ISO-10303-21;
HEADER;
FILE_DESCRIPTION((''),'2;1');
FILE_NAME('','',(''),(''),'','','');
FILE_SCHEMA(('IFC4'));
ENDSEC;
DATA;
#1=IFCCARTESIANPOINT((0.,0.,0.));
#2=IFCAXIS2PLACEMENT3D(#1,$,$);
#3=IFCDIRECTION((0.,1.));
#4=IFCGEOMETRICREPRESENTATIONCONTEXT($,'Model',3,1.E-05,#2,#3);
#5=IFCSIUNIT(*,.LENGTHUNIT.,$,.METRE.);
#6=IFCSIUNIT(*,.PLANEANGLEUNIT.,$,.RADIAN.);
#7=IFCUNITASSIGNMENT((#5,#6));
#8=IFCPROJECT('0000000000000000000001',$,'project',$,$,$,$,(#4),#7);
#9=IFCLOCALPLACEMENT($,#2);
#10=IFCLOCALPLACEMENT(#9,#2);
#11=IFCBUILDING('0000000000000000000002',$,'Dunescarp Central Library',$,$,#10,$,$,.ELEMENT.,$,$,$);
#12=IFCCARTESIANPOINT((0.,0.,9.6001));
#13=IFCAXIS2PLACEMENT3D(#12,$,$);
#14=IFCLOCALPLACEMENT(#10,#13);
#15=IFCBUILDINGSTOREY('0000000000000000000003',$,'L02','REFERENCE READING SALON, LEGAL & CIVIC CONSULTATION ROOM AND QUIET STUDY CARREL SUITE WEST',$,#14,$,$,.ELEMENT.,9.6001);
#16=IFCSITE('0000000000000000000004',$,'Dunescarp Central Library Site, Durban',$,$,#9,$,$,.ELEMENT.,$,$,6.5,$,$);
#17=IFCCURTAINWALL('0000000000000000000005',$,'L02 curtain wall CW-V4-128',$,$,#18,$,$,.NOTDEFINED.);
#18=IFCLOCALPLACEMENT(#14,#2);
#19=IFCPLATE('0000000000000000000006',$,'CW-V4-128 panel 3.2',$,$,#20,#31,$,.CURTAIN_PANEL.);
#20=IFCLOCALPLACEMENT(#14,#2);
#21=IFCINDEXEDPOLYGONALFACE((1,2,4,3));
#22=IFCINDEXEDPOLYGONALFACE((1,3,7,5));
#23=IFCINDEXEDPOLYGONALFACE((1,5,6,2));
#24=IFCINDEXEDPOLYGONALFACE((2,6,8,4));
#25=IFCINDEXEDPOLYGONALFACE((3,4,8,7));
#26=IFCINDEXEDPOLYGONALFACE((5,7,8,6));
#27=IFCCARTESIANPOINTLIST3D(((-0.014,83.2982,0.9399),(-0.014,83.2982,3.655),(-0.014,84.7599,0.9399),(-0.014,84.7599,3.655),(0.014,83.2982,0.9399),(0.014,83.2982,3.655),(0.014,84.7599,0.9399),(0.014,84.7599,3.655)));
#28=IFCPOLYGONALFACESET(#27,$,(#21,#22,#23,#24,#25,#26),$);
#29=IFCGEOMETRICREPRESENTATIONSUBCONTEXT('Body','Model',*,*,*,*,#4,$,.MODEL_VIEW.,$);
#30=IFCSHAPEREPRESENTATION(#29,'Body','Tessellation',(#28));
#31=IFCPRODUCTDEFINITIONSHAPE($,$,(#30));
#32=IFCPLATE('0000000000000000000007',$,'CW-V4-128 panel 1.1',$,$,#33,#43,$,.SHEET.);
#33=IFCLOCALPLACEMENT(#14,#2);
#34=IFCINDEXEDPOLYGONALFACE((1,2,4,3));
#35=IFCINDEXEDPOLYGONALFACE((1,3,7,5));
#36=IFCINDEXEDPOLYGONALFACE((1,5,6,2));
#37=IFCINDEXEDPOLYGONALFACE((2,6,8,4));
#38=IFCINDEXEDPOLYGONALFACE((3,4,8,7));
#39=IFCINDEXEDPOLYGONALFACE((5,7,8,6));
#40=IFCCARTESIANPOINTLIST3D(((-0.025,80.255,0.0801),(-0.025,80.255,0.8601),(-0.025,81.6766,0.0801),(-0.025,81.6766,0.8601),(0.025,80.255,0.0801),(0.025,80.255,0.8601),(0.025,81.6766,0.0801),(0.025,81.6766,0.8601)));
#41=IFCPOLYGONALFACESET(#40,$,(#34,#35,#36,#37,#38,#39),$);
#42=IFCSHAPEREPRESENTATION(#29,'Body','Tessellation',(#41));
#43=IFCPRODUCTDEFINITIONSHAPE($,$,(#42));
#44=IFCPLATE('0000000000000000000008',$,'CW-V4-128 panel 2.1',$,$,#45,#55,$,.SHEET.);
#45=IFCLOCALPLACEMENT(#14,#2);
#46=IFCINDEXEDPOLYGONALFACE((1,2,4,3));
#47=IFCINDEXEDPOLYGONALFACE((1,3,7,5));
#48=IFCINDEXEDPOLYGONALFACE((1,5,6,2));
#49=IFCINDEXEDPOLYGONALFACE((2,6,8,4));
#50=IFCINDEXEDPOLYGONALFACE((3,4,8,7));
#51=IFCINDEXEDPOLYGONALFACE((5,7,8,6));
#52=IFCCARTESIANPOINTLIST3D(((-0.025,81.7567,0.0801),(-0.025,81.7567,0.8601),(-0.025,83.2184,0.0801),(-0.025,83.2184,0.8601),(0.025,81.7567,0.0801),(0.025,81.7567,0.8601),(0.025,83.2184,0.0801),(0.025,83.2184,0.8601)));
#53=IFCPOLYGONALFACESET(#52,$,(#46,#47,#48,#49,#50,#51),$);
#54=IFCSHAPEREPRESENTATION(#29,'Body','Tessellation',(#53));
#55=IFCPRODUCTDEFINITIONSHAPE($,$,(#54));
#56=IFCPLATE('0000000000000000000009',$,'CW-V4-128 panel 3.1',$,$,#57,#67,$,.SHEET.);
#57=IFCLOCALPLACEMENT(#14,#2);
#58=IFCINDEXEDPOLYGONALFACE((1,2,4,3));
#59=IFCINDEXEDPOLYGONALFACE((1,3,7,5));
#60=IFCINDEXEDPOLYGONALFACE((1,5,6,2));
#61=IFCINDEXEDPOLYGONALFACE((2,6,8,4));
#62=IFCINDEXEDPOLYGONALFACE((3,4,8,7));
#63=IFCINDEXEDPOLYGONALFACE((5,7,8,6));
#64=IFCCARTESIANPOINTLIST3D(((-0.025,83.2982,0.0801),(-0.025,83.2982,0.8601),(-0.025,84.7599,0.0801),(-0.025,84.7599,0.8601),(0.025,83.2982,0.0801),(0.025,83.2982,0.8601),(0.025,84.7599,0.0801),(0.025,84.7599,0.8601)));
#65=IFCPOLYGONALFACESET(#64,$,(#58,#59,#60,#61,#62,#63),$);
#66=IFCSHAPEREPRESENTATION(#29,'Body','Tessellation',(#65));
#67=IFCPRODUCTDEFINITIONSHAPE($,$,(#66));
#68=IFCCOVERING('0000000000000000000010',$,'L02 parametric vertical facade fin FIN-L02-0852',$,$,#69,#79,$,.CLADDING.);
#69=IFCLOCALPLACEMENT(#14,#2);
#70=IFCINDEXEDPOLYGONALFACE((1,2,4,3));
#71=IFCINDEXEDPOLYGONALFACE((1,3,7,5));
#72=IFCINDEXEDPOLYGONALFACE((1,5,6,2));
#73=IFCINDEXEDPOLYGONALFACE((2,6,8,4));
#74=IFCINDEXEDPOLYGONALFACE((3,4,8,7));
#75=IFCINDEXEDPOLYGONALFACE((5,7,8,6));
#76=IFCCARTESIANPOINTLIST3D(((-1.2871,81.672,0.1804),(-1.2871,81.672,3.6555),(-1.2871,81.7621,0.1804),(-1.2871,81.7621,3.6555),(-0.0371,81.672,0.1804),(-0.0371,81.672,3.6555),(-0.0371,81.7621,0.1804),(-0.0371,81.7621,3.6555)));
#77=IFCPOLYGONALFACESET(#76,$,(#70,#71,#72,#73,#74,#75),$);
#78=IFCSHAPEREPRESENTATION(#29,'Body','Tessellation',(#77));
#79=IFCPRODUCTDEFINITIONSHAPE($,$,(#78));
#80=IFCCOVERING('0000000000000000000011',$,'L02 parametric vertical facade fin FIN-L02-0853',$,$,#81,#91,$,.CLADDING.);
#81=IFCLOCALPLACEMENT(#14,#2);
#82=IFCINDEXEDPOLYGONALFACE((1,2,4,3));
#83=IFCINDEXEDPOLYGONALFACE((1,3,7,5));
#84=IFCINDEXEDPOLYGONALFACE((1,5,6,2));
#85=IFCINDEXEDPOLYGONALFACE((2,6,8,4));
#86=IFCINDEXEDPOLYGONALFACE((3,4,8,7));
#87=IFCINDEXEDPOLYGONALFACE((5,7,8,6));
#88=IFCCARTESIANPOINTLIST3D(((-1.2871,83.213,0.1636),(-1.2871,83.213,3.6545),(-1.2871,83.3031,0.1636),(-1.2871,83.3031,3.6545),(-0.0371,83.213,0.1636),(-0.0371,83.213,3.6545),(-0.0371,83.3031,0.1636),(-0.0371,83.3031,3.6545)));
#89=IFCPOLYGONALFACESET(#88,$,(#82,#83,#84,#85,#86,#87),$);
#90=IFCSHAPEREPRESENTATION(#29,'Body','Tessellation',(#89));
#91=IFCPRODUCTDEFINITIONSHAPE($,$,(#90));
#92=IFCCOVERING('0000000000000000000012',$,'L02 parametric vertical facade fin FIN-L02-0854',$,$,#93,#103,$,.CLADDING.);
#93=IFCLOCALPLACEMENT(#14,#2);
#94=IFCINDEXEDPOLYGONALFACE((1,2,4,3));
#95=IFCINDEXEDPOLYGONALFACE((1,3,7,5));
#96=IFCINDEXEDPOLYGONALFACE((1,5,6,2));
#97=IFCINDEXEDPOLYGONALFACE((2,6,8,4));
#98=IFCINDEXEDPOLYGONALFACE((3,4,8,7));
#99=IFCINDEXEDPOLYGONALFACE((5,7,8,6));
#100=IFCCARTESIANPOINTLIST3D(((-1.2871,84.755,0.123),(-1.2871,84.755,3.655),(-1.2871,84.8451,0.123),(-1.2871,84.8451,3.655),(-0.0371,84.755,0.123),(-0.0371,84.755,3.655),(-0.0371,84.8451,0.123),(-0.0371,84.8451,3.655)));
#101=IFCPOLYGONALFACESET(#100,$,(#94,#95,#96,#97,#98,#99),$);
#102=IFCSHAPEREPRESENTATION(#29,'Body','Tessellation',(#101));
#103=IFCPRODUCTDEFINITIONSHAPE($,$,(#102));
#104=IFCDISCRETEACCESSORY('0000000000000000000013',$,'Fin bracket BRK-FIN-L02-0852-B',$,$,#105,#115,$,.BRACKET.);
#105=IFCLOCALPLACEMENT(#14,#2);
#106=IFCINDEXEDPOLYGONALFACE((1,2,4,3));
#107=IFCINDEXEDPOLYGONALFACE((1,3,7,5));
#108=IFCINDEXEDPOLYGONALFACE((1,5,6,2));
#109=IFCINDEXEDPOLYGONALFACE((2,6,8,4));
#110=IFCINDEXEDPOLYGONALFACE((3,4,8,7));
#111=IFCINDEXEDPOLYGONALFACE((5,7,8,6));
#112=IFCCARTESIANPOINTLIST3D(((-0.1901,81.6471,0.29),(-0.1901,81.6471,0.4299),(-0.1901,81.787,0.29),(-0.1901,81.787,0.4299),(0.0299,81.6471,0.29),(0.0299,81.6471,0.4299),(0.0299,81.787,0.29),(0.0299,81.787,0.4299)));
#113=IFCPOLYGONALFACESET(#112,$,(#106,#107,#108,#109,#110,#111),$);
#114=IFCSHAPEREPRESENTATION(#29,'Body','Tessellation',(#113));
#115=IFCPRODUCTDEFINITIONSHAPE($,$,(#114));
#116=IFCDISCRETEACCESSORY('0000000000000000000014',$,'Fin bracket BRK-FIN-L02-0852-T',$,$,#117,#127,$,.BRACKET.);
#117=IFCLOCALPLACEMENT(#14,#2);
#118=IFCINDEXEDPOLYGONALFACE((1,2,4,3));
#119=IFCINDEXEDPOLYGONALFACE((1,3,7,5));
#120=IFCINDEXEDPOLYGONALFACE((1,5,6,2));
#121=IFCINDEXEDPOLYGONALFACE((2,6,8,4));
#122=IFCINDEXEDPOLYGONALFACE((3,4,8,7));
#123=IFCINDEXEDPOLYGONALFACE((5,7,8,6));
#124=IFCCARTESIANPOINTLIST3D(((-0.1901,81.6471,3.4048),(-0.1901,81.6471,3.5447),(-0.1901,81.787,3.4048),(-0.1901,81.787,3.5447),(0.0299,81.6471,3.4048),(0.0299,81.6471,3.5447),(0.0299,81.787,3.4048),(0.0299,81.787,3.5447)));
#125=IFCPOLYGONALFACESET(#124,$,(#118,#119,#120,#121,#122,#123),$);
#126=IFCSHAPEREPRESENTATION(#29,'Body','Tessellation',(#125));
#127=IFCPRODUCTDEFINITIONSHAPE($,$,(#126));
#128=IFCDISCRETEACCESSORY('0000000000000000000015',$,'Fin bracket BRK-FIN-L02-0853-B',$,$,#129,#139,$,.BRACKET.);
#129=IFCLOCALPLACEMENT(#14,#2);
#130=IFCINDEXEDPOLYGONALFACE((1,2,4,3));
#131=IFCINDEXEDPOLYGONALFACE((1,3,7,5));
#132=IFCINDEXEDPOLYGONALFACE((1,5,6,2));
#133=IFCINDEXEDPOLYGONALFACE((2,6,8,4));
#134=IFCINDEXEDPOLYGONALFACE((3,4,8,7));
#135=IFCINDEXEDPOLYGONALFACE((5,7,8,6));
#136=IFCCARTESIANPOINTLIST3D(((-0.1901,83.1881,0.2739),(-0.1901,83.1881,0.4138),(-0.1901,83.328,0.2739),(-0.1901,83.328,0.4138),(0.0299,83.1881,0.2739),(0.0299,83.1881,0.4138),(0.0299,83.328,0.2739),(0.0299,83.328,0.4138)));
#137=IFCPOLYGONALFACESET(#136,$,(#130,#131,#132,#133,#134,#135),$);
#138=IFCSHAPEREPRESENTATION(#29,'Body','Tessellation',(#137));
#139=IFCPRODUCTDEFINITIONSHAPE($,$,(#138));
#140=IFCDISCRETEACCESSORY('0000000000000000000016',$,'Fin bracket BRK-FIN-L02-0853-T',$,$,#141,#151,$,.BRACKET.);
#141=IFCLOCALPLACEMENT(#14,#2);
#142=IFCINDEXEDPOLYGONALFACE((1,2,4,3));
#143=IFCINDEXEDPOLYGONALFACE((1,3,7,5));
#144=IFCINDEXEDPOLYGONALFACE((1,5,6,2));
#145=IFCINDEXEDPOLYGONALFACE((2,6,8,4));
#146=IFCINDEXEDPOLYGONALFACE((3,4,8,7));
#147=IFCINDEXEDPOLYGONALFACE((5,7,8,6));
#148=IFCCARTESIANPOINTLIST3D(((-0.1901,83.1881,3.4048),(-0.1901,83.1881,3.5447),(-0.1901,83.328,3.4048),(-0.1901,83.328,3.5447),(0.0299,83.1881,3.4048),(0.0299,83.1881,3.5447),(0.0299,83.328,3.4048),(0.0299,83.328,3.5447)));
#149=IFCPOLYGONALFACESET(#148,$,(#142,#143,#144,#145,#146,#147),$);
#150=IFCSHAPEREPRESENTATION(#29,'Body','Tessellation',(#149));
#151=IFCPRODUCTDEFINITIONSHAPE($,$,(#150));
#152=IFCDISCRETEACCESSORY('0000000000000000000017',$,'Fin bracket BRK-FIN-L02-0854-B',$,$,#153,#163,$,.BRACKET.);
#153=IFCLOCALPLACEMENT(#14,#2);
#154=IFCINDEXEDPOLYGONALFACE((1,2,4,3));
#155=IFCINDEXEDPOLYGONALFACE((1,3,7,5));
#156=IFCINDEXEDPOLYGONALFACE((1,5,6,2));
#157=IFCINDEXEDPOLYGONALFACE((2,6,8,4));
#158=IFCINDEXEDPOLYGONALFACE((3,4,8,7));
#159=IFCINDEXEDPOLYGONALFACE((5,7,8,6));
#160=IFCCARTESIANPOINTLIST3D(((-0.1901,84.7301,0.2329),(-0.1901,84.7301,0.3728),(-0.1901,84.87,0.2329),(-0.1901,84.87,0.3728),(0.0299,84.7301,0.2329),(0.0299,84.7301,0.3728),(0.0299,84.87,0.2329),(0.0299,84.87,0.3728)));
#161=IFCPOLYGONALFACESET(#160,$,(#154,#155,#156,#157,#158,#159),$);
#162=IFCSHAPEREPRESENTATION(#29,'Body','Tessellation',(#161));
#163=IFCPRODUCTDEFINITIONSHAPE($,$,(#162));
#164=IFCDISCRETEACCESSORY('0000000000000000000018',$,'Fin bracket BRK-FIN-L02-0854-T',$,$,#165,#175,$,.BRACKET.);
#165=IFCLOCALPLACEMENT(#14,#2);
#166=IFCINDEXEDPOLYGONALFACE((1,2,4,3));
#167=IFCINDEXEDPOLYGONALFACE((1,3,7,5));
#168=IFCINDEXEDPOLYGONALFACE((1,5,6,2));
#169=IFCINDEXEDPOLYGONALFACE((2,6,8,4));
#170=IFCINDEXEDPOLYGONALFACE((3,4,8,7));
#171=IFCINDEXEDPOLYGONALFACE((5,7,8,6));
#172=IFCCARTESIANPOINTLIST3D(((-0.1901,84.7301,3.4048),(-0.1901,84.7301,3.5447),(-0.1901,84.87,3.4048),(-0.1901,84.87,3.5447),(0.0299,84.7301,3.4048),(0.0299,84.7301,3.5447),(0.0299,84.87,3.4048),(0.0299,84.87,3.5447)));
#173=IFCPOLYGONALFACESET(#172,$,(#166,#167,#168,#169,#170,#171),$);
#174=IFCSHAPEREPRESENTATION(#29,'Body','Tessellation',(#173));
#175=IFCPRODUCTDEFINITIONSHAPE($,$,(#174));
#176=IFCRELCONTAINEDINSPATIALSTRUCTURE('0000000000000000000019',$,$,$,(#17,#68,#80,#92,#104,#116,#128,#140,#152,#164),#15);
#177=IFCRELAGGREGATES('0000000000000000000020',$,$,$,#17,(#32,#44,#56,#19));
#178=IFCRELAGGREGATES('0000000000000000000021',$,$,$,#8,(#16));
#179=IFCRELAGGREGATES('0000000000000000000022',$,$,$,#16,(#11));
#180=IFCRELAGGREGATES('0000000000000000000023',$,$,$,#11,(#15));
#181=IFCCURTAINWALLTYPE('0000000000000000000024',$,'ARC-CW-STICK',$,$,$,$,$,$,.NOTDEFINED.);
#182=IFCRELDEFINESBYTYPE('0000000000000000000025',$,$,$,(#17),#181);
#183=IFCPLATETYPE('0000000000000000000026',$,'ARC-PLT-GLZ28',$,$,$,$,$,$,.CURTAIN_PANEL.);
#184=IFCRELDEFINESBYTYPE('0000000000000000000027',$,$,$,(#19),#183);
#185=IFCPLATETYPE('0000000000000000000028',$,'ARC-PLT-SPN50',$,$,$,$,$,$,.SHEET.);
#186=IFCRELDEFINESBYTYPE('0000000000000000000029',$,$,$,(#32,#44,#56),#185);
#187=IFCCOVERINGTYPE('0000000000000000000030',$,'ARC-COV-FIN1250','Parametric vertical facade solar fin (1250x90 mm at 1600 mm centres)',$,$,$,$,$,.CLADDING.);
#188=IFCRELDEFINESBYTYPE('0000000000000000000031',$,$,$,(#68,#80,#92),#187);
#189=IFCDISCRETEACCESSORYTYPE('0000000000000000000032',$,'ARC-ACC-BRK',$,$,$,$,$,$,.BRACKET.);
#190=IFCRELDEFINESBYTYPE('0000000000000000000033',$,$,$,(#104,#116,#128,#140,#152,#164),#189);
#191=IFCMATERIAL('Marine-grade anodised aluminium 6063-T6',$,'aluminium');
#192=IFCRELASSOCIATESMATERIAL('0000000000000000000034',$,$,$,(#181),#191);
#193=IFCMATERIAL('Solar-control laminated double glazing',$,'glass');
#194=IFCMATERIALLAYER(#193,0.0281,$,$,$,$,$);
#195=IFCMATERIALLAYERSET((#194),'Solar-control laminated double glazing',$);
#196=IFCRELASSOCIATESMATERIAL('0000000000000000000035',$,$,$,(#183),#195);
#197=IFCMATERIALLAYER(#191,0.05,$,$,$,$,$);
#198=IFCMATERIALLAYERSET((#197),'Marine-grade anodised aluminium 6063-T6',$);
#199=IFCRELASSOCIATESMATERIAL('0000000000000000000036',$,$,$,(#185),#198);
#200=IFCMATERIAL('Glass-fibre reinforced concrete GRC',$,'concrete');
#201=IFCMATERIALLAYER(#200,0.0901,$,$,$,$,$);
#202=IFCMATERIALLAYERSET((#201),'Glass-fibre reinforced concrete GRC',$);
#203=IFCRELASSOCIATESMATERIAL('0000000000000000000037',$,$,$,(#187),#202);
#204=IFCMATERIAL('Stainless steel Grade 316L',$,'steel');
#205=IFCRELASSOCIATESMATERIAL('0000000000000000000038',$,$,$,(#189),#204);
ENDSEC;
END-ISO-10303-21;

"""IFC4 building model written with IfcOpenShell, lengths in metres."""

from ifc_helpers import new_model, si_unit, direction, frame, origin, origin_2d, place, context, subcontext, project, spatial, rectangle, extrude, material, layer, layer_set, type_object, element, aggregate, save


model = new_model("IFC4")

# Units and contexts
model_context = context("Model", 3, precision=1e-05, world=origin(), true_north=direction((0.0, 1.0)))
body_context = subcontext(model_context, "Body", "Model", "MODEL_VIEW")
ifc_project = project(units=[si_unit("LENGTHUNIT", "METRE"), si_unit("PLANEANGLEUNIT", "RADIAN")], contexts=[model_context])

# Site, building, storey
site_placement = place(None, origin())
site = spatial("IfcSite", under=ifc_project, at=site_placement, Name="Dunescarp Central Library Site, Durban", CompositionType="ELEMENT", RefElevation=6.5)
building_placement = place(site_placement, origin())
building = spatial("IfcBuilding", under=site, at=building_placement, Name="Dunescarp Central Library", CompositionType="ELEMENT")
storey_placement = place(building_placement, frame((0.0, 0.0, 9.6001)))
storey = spatial("IfcBuildingStorey", under=building, at=storey_placement, Name="L02", Description="REFERENCE READING SALON, LEGAL & CIVIC CONSULTATION ROOM AND QUIET STUDY CARREL SUITE WEST", CompositionType="ELEMENT", Elevation=9.6001)

# Curtain wall, plates
ifc_material_1 = material(Name="Marine-grade anodised aluminium 6063-T6", Category="aluminium")
curtain_wall_type = type_object("IfcCurtainWallType", Name="ARC-CW-STICK", PredefinedType="NOTDEFINED", material=ifc_material_1)
curtain_wall_placement = place(storey_placement, origin())
curtain_wall = element("IfcCurtainWall", 1, at=curtain_wall_placement, inside=storey, type_object=curtain_wall_type, Name="L02 curtain wall CW-V4-128", PredefinedType="NOTDEFINED")
ifc_material_2 = material(Name="Solar-control laminated double glazing", Category="glass")
ifc_layer_1 = layer(ifc_material_2, 0.0281)
ifc_layer_set_1 = layer_set([ifc_layer_1], Name="Solar-control laminated double glazing")
plate_type_1 = type_object("IfcPlateType", Name="ARC-PLT-GLZ28", PredefinedType="CURTAIN_PANEL", material=ifc_layer_set_1)
plate_1_placement = place(storey_placement, frame((0.0, 84.0291, 0.9399), z_axis=(0.0, 0.0, 1.0), x_axis=(0.0, 1.0, 0.0)))
plate_1 = element("IfcPlate", 2, at=plate_1_placement, type_object=plate_type_1, Name="CW-V4-128 panel 3.2", PredefinedType="CURTAIN_PANEL", context=body_context, shape_type="SweptSolid", body=[
    extrude(rectangle(XDim=1.4617, YDim=0.0281, at=origin_2d()), origin(), (0.0, 0.0, 1.0), 2.7151),
])
ifc_layer_2 = layer(ifc_material_1, 0.05)
ifc_layer_set_2 = layer_set([ifc_layer_2], Name="Marine-grade anodised aluminium 6063-T6")
plate_type_2 = type_object("IfcPlateType", Name="ARC-PLT-SPN50", PredefinedType="SHEET", material=ifc_layer_set_2)
plate_2_placement = place(storey_placement, frame((0.0, 80.9658, 0.0801), z_axis=(0.0, 0.0, 1.0), x_axis=(0.0, 1.0, 0.0)))
plate_2 = element("IfcPlate", 3, at=plate_2_placement, type_object=plate_type_2, Name="CW-V4-128 panel 1.1", PredefinedType="SHEET", context=body_context, shape_type="SweptSolid", body=[
    extrude(rectangle(XDim=1.4216, YDim=0.05, at=origin_2d()), origin(), (0.0, 0.0, 1.0), 0.78),
])
plate_3_placement = place(storey_placement, frame((0.0, 82.4875, 0.0801), z_axis=(0.0, 0.0, 1.0), x_axis=(0.0, 1.0, 0.0)))
plate_3 = element("IfcPlate", 4, at=plate_3_placement, type_object=plate_type_2, Name="CW-V4-128 panel 2.1", PredefinedType="SHEET", context=body_context, shape_type="SweptSolid", body=[
    extrude(rectangle(XDim=1.4617, YDim=0.05, at=origin_2d()), origin(), (0.0, 0.0, 1.0), 0.78),
])
plate_4_placement = place(storey_placement, frame((0.0, 84.0291, 0.0801), z_axis=(0.0, 0.0, 1.0), x_axis=(0.0, 1.0, 0.0)))
plate_4 = element("IfcPlate", 5, at=plate_4_placement, type_object=plate_type_2, Name="CW-V4-128 panel 3.1", PredefinedType="SHEET", context=body_context, shape_type="SweptSolid", body=[
    extrude(rectangle(XDim=1.4617, YDim=0.05, at=origin_2d()), origin(), (0.0, 0.0, 1.0), 0.78),
])
aggregate(curtain_wall, [plate_2, plate_3, plate_4, plate_1])

# Coverings
ifc_material_3 = material(Name="Glass-fibre reinforced concrete GRC", Category="concrete")
ifc_layer_3 = layer(ifc_material_3, 0.0901)
ifc_layer_set_3 = layer_set([ifc_layer_3], Name="Glass-fibre reinforced concrete GRC")
covering_type = type_object("IfcCoveringType", Name="ARC-COV-FIN1250", Description="Parametric vertical facade solar fin (1250x90 mm at 1600 mm centres)", PredefinedType="CLADDING", material=ifc_layer_set_3)
covering_1_placement = place(storey_placement, frame((-0.6621, 81.717, 0.1804), z_axis=(0.0, 0.0, 1.0), x_axis=(-1.0, 0.0, 0.0)))
element("IfcCovering", 6, at=covering_1_placement, inside=storey, type_object=covering_type, Name="L02 parametric vertical facade fin FIN-L02-0852", PredefinedType="CLADDING", context=body_context, shape_type="SweptSolid", body=[
    extrude(rectangle(XDim=1.25, YDim=0.0901, at=origin_2d()), origin(), (0.0, 0.0, 1.0), 3.4751),
])
covering_2_placement = place(storey_placement, frame((-0.6621, 83.2581, 0.1636), z_axis=(0.0, 0.0, 1.0), x_axis=(-1.0, 0.0, 0.0)))
element("IfcCovering", 7, at=covering_2_placement, inside=storey, type_object=covering_type, Name="L02 parametric vertical facade fin FIN-L02-0853", PredefinedType="CLADDING", context=body_context, shape_type="SweptSolid", body=[
    extrude(rectangle(XDim=1.25, YDim=0.0901, at=origin_2d()), origin(), (0.0, 0.0, 1.0), 3.491),
])
covering_3_placement = place(storey_placement, frame((-0.6621, 84.8, 0.123), z_axis=(0.0, 0.0, 1.0), x_axis=(-1.0, 0.0, 0.0)))
element("IfcCovering", 8, at=covering_3_placement, inside=storey, type_object=covering_type, Name="L02 parametric vertical facade fin FIN-L02-0854", PredefinedType="CLADDING", context=body_context, shape_type="SweptSolid", body=[
    extrude(rectangle(XDim=1.25, YDim=0.0901, at=origin_2d()), origin(), (0.0, 0.0, 1.0), 3.532),
])

# Discrete accessories
ifc_material_4 = material(Name="Stainless steel Grade 316L", Category="steel")
discrete_accessory_type = type_object("IfcDiscreteAccessoryType", Name="ARC-ACC-BRK", PredefinedType="BRACKET", material=ifc_material_4)
for number, where, z_axis, x_axis, name in (
    (9, (-0.0801, 81.717, 0.29), (0.0, 0.0, 1.0), (-1.0, 0.0, 0.0), "Fin bracket BRK-FIN-L02-0852-B"),
    (10, (-0.0801, 81.717, 3.4048), (0.0, 0.0, 1.0), (-1.0, 0.0, 0.0), "Fin bracket BRK-FIN-L02-0852-T"),
    (11, (-0.0801, 83.2581, 0.2739), (0.0, 0.0, 1.0), (-1.0, 0.0, 0.0), "Fin bracket BRK-FIN-L02-0853-B"),
    (12, (-0.0801, 83.2581, 3.4048), (0.0, 0.0, 1.0), (-1.0, 0.0, 0.0), "Fin bracket BRK-FIN-L02-0853-T"),
    (13, (-0.0801, 84.8, 0.2329), (0.0, 0.0, 1.0), (-1.0, 0.0, 0.0), "Fin bracket BRK-FIN-L02-0854-B"),
    (14, (-0.0801, 84.8, 3.4048), (0.0, 0.0, 1.0), (-1.0, 0.0, 0.0), "Fin bracket BRK-FIN-L02-0854-T"),
):
    element("IfcDiscreteAccessory", number, at=place(storey_placement, frame(where, z_axis=z_axis, x_axis=x_axis)), inside=storey, type_object=discrete_accessory_type, Name=name, PredefinedType="BRACKET", context=body_context, shape_type="SweptSolid", body=[
        extrude(rectangle(XDim=0.22, YDim=0.1399, at=origin_2d()), origin(), (0.0, 0.0, 1.0), 0.1399),
    ])

save(model, "model.ifc")
